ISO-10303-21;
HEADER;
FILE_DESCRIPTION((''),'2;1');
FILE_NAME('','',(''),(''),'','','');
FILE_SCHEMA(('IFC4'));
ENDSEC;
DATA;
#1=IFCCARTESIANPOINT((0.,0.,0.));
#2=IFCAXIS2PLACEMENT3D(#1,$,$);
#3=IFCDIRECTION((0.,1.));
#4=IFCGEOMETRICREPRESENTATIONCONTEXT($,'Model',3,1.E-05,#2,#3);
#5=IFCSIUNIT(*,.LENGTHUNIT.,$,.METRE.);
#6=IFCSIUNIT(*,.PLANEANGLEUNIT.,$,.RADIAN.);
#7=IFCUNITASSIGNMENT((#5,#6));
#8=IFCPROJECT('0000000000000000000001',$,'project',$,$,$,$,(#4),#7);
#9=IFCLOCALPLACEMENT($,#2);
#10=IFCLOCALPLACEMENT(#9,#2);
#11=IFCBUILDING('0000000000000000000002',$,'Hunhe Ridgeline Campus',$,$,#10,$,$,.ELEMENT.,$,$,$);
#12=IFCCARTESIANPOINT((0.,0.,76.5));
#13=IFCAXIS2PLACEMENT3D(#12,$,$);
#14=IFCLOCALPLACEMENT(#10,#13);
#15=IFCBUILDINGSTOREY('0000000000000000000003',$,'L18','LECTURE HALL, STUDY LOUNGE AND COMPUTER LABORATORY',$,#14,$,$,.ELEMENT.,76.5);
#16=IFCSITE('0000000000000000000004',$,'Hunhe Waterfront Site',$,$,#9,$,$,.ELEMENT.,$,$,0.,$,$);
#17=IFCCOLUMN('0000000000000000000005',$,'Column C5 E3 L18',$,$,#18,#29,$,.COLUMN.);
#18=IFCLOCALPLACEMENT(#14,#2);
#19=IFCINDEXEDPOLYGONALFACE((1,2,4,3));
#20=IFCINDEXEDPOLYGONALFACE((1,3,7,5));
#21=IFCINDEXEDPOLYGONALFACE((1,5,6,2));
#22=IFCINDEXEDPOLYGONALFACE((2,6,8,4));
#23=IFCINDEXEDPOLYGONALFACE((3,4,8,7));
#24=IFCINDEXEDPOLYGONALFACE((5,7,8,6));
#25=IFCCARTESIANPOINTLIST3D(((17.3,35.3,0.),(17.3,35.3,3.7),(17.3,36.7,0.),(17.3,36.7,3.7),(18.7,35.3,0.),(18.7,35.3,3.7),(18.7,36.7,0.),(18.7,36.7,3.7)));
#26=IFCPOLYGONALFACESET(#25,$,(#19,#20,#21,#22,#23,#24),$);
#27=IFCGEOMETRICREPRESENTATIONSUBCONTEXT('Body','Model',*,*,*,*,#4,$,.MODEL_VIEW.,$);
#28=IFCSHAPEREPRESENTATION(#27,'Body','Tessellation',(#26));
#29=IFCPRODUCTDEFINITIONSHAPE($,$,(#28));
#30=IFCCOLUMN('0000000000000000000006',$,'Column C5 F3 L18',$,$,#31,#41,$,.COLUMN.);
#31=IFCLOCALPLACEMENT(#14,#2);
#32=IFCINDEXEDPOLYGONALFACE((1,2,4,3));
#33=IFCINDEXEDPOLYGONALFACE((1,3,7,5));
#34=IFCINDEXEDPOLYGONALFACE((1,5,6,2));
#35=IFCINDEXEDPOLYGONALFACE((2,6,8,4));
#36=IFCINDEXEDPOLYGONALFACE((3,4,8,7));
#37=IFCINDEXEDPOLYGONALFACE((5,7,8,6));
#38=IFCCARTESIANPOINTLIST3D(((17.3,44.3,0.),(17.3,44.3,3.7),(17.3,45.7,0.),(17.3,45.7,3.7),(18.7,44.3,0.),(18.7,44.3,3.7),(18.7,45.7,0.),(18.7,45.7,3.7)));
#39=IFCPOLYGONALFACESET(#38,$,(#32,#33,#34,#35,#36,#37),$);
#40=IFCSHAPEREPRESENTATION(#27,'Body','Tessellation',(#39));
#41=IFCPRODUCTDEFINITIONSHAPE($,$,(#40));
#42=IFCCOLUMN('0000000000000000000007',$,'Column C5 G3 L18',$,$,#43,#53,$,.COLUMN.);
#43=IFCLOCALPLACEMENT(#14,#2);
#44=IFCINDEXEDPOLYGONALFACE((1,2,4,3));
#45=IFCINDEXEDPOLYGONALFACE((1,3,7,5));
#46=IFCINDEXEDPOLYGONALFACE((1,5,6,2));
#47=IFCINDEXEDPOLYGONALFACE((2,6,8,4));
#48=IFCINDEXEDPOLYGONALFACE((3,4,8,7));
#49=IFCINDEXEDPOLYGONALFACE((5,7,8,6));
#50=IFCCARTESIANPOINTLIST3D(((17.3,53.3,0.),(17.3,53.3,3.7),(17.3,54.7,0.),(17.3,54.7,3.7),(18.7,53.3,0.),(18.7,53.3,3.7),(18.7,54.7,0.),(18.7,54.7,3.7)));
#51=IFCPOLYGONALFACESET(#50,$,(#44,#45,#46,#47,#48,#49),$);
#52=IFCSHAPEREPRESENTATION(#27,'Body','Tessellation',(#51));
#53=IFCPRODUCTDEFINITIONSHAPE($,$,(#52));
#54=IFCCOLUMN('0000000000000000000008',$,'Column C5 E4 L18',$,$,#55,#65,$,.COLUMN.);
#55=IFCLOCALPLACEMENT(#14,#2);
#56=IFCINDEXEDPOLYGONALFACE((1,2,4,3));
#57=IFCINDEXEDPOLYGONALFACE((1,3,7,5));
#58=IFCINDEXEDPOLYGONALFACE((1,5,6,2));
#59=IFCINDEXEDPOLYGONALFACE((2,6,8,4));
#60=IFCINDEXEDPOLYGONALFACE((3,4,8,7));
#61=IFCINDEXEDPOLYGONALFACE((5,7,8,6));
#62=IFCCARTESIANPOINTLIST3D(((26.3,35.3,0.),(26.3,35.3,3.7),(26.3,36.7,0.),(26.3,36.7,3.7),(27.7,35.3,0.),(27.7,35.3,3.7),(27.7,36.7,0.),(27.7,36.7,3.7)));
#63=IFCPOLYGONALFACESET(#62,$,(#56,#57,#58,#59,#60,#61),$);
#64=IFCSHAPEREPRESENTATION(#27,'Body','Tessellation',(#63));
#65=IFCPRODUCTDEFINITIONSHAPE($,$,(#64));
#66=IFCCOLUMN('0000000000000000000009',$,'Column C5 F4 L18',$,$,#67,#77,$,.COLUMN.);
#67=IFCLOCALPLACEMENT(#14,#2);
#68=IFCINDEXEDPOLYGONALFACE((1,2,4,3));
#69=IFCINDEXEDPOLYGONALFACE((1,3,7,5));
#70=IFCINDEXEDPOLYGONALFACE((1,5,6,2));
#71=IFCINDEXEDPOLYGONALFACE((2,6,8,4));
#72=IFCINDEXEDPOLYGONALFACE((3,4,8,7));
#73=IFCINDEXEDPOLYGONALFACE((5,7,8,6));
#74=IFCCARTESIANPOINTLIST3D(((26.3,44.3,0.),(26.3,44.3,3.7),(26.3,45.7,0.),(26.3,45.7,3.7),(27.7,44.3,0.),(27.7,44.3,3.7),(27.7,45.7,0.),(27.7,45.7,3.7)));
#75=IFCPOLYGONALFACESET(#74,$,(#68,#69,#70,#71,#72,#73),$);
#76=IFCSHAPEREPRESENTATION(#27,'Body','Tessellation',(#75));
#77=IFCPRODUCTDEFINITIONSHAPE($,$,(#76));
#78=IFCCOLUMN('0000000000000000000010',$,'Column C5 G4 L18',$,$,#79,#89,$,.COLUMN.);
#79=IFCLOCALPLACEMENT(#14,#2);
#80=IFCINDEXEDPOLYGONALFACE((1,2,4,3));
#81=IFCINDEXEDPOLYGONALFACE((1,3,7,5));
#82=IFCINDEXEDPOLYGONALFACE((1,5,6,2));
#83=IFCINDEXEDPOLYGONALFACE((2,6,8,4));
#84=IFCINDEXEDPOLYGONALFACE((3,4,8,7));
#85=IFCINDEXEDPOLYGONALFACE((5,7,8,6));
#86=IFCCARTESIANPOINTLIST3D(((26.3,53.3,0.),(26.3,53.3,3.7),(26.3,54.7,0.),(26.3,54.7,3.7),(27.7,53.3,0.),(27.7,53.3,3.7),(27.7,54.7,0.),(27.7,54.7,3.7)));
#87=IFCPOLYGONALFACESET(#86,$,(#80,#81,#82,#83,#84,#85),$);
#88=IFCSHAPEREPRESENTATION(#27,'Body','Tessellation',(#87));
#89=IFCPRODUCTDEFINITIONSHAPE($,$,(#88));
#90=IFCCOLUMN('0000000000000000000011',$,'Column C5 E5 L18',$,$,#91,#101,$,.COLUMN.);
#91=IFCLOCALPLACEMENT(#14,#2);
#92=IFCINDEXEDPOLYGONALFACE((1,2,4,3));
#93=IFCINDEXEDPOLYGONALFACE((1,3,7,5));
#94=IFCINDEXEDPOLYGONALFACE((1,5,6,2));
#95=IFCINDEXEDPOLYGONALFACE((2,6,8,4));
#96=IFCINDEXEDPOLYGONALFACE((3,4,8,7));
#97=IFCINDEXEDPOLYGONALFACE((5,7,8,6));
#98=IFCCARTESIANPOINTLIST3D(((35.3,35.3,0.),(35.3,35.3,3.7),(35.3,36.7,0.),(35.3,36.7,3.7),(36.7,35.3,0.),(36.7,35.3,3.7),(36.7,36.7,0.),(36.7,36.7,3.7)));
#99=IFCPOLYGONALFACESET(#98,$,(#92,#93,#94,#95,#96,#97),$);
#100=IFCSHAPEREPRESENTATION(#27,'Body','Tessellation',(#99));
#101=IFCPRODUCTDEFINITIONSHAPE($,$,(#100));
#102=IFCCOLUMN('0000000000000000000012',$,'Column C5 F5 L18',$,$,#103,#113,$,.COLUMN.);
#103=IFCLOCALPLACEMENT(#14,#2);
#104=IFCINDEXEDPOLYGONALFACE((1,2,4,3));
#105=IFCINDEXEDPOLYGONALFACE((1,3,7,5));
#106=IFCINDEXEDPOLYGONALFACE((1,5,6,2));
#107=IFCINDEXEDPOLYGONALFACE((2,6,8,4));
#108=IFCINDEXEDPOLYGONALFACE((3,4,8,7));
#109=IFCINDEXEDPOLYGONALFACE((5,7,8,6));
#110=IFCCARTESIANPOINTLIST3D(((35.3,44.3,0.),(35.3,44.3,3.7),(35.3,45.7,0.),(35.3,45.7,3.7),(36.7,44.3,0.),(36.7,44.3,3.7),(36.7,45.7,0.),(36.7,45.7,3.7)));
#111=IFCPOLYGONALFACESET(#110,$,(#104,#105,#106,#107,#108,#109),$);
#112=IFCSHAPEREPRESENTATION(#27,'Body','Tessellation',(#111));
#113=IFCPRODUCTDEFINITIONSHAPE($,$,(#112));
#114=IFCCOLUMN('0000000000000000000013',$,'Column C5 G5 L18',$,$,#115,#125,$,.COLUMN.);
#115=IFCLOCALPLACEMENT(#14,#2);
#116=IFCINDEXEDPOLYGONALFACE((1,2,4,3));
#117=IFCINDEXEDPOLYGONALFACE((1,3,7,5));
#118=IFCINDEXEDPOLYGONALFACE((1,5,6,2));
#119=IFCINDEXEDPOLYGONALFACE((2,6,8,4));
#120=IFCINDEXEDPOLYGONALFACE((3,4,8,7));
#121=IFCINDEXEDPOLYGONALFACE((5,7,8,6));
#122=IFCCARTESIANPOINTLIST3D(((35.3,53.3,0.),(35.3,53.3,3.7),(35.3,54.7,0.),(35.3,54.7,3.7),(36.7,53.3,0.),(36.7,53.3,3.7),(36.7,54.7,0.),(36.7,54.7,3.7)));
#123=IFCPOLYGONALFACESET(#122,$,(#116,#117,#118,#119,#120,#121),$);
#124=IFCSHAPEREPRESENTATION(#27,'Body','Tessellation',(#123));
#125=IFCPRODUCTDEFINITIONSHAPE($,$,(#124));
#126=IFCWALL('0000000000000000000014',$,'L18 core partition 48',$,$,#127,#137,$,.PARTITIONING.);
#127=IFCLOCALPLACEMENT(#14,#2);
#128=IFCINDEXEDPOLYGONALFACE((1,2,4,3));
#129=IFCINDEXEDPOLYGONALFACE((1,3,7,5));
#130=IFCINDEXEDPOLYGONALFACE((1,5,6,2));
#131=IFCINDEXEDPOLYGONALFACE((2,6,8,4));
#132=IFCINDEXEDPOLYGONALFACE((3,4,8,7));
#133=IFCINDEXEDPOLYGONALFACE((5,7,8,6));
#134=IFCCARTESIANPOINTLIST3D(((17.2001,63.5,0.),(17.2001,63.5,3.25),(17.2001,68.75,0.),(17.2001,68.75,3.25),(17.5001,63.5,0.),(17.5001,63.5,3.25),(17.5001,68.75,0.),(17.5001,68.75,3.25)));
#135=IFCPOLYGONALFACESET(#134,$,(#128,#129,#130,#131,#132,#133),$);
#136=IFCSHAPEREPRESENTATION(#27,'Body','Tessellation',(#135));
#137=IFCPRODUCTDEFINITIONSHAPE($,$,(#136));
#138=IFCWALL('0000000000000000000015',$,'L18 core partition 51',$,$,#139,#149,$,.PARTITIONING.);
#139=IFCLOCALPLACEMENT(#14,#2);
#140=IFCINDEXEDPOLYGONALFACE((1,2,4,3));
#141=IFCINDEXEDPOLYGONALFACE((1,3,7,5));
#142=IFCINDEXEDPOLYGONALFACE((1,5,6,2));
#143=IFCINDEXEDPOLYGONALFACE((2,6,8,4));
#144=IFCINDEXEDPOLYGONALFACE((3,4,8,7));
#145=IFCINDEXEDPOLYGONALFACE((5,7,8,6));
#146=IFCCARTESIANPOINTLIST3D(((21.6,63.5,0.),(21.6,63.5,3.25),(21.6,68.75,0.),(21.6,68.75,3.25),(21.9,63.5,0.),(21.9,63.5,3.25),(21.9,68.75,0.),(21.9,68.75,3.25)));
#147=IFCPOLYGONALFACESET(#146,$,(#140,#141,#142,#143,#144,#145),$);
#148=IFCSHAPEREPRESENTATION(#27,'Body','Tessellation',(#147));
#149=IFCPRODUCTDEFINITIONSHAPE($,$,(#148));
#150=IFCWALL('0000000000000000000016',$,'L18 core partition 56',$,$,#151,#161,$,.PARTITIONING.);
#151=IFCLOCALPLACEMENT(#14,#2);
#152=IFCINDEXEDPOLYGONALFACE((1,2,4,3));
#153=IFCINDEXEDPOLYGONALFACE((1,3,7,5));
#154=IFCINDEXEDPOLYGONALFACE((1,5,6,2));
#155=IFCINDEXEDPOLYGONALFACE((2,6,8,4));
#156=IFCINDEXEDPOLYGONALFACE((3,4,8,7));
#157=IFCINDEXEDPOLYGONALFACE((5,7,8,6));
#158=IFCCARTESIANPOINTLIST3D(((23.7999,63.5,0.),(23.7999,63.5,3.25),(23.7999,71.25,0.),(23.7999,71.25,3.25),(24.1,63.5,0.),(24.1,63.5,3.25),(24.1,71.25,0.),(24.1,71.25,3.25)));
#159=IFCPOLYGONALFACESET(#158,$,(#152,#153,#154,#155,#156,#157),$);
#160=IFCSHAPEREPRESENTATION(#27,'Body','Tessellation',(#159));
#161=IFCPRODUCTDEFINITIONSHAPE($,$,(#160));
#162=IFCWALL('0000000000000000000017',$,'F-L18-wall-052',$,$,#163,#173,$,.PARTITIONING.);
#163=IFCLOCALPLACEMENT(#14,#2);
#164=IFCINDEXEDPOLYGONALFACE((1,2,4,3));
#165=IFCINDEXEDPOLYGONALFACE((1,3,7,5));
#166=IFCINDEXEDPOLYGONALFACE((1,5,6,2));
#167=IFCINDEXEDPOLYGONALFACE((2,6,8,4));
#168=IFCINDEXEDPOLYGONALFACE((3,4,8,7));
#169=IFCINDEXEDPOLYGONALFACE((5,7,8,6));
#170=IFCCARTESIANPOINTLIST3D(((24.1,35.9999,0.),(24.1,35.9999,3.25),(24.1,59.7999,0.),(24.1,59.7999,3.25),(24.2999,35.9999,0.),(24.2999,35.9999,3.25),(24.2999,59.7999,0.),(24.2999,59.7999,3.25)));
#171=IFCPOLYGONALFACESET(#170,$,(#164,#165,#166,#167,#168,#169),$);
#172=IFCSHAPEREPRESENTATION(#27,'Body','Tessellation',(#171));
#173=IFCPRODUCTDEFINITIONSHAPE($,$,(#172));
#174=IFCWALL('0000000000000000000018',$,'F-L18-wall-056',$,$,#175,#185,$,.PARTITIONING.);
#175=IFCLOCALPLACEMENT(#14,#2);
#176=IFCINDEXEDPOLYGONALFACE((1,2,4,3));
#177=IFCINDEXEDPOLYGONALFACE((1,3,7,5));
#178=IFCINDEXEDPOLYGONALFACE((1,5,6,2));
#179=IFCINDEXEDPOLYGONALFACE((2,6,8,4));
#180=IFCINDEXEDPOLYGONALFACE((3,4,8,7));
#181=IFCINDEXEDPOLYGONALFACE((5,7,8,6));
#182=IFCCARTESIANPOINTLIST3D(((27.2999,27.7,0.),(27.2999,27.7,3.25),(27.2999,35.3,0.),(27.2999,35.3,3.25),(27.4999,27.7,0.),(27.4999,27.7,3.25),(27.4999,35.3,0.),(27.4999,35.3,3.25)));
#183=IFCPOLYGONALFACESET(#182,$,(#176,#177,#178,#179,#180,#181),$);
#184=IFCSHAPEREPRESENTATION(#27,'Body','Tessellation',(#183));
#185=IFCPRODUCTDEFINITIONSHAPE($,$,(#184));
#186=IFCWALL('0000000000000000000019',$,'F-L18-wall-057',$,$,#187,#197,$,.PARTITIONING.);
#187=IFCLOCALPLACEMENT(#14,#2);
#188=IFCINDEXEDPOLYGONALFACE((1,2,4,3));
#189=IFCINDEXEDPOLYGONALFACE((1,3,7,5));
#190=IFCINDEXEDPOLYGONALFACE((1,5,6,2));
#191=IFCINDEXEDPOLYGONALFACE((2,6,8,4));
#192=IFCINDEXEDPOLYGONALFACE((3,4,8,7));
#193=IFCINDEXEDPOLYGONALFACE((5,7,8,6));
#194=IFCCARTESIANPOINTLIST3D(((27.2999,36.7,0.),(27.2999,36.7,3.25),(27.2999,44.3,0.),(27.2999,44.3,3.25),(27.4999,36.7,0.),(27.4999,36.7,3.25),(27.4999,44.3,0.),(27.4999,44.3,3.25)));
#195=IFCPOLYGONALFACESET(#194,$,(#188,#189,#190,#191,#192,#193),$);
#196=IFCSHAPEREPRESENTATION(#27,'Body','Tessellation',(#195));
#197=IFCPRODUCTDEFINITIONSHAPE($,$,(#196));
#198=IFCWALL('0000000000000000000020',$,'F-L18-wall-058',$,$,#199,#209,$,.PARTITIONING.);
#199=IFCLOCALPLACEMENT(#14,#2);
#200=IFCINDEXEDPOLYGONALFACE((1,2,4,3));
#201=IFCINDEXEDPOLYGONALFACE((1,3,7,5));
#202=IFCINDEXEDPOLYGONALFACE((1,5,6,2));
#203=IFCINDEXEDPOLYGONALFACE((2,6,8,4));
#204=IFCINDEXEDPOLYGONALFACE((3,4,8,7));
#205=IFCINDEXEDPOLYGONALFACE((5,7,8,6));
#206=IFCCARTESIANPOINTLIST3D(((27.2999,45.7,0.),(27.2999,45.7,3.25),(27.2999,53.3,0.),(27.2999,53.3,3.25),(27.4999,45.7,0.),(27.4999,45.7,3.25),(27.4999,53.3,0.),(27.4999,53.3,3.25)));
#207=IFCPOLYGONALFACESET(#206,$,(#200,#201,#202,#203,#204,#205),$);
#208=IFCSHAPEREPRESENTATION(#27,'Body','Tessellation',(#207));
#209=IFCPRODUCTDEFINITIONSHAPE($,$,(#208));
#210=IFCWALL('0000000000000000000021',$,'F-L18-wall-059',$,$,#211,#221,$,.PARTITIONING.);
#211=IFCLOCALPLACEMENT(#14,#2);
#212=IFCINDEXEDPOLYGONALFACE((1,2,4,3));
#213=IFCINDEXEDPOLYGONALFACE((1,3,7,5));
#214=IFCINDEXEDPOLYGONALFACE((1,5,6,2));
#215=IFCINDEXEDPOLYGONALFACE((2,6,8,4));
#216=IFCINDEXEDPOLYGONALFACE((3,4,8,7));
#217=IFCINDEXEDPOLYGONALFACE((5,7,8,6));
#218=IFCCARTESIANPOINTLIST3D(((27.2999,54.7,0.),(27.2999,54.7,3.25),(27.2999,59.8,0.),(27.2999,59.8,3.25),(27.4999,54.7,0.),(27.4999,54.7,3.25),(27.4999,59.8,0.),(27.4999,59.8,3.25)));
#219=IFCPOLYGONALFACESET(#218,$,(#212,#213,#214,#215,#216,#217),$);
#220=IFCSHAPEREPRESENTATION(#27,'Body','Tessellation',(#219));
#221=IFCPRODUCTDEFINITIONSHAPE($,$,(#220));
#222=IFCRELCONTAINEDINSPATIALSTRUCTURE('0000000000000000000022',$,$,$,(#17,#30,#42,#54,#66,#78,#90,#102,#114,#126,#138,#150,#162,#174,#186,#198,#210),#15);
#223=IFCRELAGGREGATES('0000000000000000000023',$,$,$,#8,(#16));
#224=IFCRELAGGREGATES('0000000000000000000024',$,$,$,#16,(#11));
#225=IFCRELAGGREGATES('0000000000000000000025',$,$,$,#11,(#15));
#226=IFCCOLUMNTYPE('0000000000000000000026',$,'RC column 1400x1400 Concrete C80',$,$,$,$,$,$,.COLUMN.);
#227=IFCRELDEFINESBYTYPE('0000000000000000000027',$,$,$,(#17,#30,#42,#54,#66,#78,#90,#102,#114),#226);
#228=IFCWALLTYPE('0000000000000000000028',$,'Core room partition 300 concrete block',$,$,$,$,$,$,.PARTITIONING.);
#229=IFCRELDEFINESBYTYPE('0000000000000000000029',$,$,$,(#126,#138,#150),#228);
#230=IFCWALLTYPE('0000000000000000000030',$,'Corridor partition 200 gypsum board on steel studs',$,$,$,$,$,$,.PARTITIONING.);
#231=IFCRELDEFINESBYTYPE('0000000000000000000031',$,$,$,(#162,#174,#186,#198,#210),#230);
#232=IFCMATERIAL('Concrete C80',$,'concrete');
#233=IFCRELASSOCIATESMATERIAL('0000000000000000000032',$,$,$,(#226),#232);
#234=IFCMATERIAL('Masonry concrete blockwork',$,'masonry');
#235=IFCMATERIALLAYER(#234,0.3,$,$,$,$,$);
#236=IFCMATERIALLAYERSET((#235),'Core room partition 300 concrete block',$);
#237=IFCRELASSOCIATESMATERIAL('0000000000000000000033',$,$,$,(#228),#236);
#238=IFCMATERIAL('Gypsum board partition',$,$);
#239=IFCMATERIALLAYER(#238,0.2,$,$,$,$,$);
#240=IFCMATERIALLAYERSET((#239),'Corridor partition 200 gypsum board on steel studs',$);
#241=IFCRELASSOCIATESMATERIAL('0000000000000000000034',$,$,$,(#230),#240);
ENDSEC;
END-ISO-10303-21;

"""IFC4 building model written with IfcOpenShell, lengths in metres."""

from ifc_helpers import new_model, si_unit, direction, frame, frame_2d, origin, origin_2d, place, context, subcontext, project, spatial, rectangle, extrude, material, layer, layer_set, material_profile, profile_set, type_object, element, save


model = new_model("IFC4")

# Units and contexts
model_context = context("Model", 3, precision=1e-05, world=origin(), true_north=direction((0.0, 1.0)))
body_context = subcontext(model_context, "Body", "Model", "MODEL_VIEW")
ifc_project = project(units=[si_unit("LENGTHUNIT", "METRE"), si_unit("PLANEANGLEUNIT", "RADIAN")], contexts=[model_context])

# Site, building, storey
site_placement = place(None, origin())
site = spatial("IfcSite", under=ifc_project, at=site_placement, Name="Hunhe Waterfront Site", CompositionType="ELEMENT", RefElevation=0.0)
building_placement = place(site_placement, origin())
building = spatial("IfcBuilding", under=site, at=building_placement, Name="Hunhe Ridgeline Campus", CompositionType="ELEMENT")
storey_placement = place(building_placement, frame((0.0, 0.0, 76.5)))
storey = spatial("IfcBuildingStorey", under=building, at=storey_placement, Name="L18", Description="LECTURE HALL, STUDY LOUNGE AND COMPUTER LABORATORY", CompositionType="ELEMENT", Elevation=76.5)

# Columns
ifc_material_1 = material(Name="Concrete C80", Category="concrete")
ifc_material_profile = material_profile(ifc_material_1, rectangle(XDim=1.3999, YDim=1.3999, at=origin_2d()))
ifc_profile_set = profile_set([ifc_material_profile], Name="Concrete C80")
column_type = type_object("IfcColumnType", Name="RC column 1400x1400 Concrete C80", PredefinedType="COLUMN", material=ifc_profile_set)
for number, where, z_axis, x_axis, name in (
    (1, (18.0, 36.0, 0.0), (0.0, 0.0, 1.0), (1.0, 0.0, 0.0), "Column C5 E3 L18"),
    (2, (18.0, 45.0, 0.0), (0.0, 0.0, 1.0), (1.0, 0.0, 0.0), "Column C5 F3 L18"),
    (3, (18.0, 54.0, 0.0), (0.0, 0.0, 1.0), (1.0, 0.0, 0.0), "Column C5 G3 L18"),
    (4, (27.0, 36.0, 0.0), (0.0, 0.0, 1.0), (1.0, 0.0, 0.0), "Column C5 E4 L18"),
    (5, (27.0, 45.0, 0.0), (0.0, 0.0, 1.0), (1.0, 0.0, 0.0), "Column C5 F4 L18"),
    (6, (27.0, 54.0, 0.0), (0.0, 0.0, 1.0), (1.0, 0.0, 0.0), "Column C5 G4 L18"),
    (7, (36.0, 36.0, 0.0), (0.0, 0.0, 1.0), (1.0, 0.0, 0.0), "Column C5 E5 L18"),
    (8, (36.0, 45.0, 0.0), (0.0, 0.0, 1.0), (1.0, 0.0, 0.0), "Column C5 F5 L18"),
    (9, (36.0, 54.0, 0.0), (0.0, 0.0, 1.0), (1.0, 0.0, 0.0), "Column C5 G5 L18"),
):
    element("IfcColumn", number, at=place(storey_placement, frame(where, z_axis=z_axis, x_axis=x_axis)), inside=storey, type_object=column_type, Name=name, PredefinedType="COLUMN", context=body_context, shape_type="SweptSolid", body=[
        extrude(rectangle(XDim=1.3999, YDim=1.3999, at=origin_2d()), origin(), (0.0, 0.0, 1.0), 3.7),
    ])

# Walls
ifc_material_2 = material(Name="Masonry concrete blockwork", Category="masonry")
ifc_layer_1 = layer(ifc_material_2, 0.3)
ifc_layer_set_1 = layer_set([ifc_layer_1], Name="Core room partition 300 concrete block")
wall_type_1 = type_object("IfcWallType", Name="Core room partition 300 concrete block", PredefinedType="PARTITIONING", material=ifc_layer_set_1)
for number, where, z_axis, x_axis, name in (
    (10, (17.3501, 63.5, 0.0), (0.0, 0.0, 1.0), (0.0, 1.0, 0.0), "L18 core partition 48"),
    (11, (21.75, 63.5, 0.0), (0.0, 0.0, 1.0), (0.0, 1.0, 0.0), "L18 core partition 51"),
):
    element("IfcWall", number, at=place(storey_placement, frame(where, z_axis=z_axis, x_axis=x_axis)), inside=storey, type_object=wall_type_1, Name=name, PredefinedType="PARTITIONING", context=body_context, shape_type="SweptSolid", body=[
        extrude(rectangle(XDim=5.25, YDim=0.3, at=frame_2d((2.625, 0.0))), origin(), (0.0, 0.0, 1.0), 3.25),
    ])
wall_1_placement = place(storey_placement, frame((23.95, 63.5, 0.0), z_axis=(0.0, 0.0, 1.0), x_axis=(0.0, 1.0, 0.0)))
element("IfcWall", 12, at=wall_1_placement, inside=storey, type_object=wall_type_1, Name="L18 core partition 56", PredefinedType="PARTITIONING", context=body_context, shape_type="SweptSolid", body=[
    extrude(rectangle(XDim=7.75, YDim=0.3, at=frame_2d((3.875, 0.0))), origin(), (0.0, 0.0, 1.0), 3.25),
])

# Shared definitions
ifc_material_3 = material(Name="Gypsum board partition")
ifc_layer_2 = layer(ifc_material_3, 0.2)
ifc_layer_set_2 = layer_set([ifc_layer_2], Name="Corridor partition 200 gypsum board on steel studs")
wall_type_2 = type_object("IfcWallType", Name="Corridor partition 200 gypsum board on steel studs", PredefinedType="PARTITIONING", material=ifc_layer_set_2)

# Walls
wall_2_placement = place(storey_placement, frame((24.2, 36.0, 0.0), z_axis=(0.0, 0.0, 1.0), x_axis=(0.0, 1.0, 0.0)))
element("IfcWall", 13, at=wall_2_placement, inside=storey, type_object=wall_type_2, Name="F-L18-wall-052", PredefinedType="PARTITIONING", context=body_context, shape_type="SweptSolid", body=[
    extrude(rectangle(XDim=23.8, YDim=0.2, at=frame_2d((11.8999, 0.0))), origin(), (0.0, 0.0, 1.0), 3.25),
])
for number, where, z_axis, x_axis, name in (
    (14, (27.3999, 35.3, 0.0), (0.0, 0.0, 1.0), (0.0, -1.0, 0.0), "F-L18-wall-056"),
    (15, (27.3999, 44.3, 0.0), (0.0, 0.0, 1.0), (0.0, -1.0, 0.0), "F-L18-wall-057"),
    (16, (27.3999, 53.3, 0.0), (0.0, 0.0, 1.0), (0.0, -1.0, 0.0), "F-L18-wall-058"),
):
    element("IfcWall", number, at=place(storey_placement, frame(where, z_axis=z_axis, x_axis=x_axis)), inside=storey, type_object=wall_type_2, Name=name, PredefinedType="PARTITIONING", context=body_context, shape_type="SweptSolid", body=[
        extrude(rectangle(XDim=7.6001, YDim=0.2, at=frame_2d((3.8, 0.0))), origin(), (0.0, 0.0, 1.0), 3.25),
    ])
wall_3_placement = place(storey_placement, frame((27.3999, 59.8, 0.0), z_axis=(0.0, 0.0, 1.0), x_axis=(0.0, -1.0, 0.0)))
element("IfcWall", 17, at=wall_3_placement, inside=storey, type_object=wall_type_2, Name="F-L18-wall-059", PredefinedType="PARTITIONING", context=body_context, shape_type="SweptSolid", body=[
    extrude(rectangle(XDim=5.1001, YDim=0.2, at=frame_2d((2.55, 0.0))), origin(), (0.0, 0.0, 1.0), 3.25),
])

save(model, "model.ifc")
